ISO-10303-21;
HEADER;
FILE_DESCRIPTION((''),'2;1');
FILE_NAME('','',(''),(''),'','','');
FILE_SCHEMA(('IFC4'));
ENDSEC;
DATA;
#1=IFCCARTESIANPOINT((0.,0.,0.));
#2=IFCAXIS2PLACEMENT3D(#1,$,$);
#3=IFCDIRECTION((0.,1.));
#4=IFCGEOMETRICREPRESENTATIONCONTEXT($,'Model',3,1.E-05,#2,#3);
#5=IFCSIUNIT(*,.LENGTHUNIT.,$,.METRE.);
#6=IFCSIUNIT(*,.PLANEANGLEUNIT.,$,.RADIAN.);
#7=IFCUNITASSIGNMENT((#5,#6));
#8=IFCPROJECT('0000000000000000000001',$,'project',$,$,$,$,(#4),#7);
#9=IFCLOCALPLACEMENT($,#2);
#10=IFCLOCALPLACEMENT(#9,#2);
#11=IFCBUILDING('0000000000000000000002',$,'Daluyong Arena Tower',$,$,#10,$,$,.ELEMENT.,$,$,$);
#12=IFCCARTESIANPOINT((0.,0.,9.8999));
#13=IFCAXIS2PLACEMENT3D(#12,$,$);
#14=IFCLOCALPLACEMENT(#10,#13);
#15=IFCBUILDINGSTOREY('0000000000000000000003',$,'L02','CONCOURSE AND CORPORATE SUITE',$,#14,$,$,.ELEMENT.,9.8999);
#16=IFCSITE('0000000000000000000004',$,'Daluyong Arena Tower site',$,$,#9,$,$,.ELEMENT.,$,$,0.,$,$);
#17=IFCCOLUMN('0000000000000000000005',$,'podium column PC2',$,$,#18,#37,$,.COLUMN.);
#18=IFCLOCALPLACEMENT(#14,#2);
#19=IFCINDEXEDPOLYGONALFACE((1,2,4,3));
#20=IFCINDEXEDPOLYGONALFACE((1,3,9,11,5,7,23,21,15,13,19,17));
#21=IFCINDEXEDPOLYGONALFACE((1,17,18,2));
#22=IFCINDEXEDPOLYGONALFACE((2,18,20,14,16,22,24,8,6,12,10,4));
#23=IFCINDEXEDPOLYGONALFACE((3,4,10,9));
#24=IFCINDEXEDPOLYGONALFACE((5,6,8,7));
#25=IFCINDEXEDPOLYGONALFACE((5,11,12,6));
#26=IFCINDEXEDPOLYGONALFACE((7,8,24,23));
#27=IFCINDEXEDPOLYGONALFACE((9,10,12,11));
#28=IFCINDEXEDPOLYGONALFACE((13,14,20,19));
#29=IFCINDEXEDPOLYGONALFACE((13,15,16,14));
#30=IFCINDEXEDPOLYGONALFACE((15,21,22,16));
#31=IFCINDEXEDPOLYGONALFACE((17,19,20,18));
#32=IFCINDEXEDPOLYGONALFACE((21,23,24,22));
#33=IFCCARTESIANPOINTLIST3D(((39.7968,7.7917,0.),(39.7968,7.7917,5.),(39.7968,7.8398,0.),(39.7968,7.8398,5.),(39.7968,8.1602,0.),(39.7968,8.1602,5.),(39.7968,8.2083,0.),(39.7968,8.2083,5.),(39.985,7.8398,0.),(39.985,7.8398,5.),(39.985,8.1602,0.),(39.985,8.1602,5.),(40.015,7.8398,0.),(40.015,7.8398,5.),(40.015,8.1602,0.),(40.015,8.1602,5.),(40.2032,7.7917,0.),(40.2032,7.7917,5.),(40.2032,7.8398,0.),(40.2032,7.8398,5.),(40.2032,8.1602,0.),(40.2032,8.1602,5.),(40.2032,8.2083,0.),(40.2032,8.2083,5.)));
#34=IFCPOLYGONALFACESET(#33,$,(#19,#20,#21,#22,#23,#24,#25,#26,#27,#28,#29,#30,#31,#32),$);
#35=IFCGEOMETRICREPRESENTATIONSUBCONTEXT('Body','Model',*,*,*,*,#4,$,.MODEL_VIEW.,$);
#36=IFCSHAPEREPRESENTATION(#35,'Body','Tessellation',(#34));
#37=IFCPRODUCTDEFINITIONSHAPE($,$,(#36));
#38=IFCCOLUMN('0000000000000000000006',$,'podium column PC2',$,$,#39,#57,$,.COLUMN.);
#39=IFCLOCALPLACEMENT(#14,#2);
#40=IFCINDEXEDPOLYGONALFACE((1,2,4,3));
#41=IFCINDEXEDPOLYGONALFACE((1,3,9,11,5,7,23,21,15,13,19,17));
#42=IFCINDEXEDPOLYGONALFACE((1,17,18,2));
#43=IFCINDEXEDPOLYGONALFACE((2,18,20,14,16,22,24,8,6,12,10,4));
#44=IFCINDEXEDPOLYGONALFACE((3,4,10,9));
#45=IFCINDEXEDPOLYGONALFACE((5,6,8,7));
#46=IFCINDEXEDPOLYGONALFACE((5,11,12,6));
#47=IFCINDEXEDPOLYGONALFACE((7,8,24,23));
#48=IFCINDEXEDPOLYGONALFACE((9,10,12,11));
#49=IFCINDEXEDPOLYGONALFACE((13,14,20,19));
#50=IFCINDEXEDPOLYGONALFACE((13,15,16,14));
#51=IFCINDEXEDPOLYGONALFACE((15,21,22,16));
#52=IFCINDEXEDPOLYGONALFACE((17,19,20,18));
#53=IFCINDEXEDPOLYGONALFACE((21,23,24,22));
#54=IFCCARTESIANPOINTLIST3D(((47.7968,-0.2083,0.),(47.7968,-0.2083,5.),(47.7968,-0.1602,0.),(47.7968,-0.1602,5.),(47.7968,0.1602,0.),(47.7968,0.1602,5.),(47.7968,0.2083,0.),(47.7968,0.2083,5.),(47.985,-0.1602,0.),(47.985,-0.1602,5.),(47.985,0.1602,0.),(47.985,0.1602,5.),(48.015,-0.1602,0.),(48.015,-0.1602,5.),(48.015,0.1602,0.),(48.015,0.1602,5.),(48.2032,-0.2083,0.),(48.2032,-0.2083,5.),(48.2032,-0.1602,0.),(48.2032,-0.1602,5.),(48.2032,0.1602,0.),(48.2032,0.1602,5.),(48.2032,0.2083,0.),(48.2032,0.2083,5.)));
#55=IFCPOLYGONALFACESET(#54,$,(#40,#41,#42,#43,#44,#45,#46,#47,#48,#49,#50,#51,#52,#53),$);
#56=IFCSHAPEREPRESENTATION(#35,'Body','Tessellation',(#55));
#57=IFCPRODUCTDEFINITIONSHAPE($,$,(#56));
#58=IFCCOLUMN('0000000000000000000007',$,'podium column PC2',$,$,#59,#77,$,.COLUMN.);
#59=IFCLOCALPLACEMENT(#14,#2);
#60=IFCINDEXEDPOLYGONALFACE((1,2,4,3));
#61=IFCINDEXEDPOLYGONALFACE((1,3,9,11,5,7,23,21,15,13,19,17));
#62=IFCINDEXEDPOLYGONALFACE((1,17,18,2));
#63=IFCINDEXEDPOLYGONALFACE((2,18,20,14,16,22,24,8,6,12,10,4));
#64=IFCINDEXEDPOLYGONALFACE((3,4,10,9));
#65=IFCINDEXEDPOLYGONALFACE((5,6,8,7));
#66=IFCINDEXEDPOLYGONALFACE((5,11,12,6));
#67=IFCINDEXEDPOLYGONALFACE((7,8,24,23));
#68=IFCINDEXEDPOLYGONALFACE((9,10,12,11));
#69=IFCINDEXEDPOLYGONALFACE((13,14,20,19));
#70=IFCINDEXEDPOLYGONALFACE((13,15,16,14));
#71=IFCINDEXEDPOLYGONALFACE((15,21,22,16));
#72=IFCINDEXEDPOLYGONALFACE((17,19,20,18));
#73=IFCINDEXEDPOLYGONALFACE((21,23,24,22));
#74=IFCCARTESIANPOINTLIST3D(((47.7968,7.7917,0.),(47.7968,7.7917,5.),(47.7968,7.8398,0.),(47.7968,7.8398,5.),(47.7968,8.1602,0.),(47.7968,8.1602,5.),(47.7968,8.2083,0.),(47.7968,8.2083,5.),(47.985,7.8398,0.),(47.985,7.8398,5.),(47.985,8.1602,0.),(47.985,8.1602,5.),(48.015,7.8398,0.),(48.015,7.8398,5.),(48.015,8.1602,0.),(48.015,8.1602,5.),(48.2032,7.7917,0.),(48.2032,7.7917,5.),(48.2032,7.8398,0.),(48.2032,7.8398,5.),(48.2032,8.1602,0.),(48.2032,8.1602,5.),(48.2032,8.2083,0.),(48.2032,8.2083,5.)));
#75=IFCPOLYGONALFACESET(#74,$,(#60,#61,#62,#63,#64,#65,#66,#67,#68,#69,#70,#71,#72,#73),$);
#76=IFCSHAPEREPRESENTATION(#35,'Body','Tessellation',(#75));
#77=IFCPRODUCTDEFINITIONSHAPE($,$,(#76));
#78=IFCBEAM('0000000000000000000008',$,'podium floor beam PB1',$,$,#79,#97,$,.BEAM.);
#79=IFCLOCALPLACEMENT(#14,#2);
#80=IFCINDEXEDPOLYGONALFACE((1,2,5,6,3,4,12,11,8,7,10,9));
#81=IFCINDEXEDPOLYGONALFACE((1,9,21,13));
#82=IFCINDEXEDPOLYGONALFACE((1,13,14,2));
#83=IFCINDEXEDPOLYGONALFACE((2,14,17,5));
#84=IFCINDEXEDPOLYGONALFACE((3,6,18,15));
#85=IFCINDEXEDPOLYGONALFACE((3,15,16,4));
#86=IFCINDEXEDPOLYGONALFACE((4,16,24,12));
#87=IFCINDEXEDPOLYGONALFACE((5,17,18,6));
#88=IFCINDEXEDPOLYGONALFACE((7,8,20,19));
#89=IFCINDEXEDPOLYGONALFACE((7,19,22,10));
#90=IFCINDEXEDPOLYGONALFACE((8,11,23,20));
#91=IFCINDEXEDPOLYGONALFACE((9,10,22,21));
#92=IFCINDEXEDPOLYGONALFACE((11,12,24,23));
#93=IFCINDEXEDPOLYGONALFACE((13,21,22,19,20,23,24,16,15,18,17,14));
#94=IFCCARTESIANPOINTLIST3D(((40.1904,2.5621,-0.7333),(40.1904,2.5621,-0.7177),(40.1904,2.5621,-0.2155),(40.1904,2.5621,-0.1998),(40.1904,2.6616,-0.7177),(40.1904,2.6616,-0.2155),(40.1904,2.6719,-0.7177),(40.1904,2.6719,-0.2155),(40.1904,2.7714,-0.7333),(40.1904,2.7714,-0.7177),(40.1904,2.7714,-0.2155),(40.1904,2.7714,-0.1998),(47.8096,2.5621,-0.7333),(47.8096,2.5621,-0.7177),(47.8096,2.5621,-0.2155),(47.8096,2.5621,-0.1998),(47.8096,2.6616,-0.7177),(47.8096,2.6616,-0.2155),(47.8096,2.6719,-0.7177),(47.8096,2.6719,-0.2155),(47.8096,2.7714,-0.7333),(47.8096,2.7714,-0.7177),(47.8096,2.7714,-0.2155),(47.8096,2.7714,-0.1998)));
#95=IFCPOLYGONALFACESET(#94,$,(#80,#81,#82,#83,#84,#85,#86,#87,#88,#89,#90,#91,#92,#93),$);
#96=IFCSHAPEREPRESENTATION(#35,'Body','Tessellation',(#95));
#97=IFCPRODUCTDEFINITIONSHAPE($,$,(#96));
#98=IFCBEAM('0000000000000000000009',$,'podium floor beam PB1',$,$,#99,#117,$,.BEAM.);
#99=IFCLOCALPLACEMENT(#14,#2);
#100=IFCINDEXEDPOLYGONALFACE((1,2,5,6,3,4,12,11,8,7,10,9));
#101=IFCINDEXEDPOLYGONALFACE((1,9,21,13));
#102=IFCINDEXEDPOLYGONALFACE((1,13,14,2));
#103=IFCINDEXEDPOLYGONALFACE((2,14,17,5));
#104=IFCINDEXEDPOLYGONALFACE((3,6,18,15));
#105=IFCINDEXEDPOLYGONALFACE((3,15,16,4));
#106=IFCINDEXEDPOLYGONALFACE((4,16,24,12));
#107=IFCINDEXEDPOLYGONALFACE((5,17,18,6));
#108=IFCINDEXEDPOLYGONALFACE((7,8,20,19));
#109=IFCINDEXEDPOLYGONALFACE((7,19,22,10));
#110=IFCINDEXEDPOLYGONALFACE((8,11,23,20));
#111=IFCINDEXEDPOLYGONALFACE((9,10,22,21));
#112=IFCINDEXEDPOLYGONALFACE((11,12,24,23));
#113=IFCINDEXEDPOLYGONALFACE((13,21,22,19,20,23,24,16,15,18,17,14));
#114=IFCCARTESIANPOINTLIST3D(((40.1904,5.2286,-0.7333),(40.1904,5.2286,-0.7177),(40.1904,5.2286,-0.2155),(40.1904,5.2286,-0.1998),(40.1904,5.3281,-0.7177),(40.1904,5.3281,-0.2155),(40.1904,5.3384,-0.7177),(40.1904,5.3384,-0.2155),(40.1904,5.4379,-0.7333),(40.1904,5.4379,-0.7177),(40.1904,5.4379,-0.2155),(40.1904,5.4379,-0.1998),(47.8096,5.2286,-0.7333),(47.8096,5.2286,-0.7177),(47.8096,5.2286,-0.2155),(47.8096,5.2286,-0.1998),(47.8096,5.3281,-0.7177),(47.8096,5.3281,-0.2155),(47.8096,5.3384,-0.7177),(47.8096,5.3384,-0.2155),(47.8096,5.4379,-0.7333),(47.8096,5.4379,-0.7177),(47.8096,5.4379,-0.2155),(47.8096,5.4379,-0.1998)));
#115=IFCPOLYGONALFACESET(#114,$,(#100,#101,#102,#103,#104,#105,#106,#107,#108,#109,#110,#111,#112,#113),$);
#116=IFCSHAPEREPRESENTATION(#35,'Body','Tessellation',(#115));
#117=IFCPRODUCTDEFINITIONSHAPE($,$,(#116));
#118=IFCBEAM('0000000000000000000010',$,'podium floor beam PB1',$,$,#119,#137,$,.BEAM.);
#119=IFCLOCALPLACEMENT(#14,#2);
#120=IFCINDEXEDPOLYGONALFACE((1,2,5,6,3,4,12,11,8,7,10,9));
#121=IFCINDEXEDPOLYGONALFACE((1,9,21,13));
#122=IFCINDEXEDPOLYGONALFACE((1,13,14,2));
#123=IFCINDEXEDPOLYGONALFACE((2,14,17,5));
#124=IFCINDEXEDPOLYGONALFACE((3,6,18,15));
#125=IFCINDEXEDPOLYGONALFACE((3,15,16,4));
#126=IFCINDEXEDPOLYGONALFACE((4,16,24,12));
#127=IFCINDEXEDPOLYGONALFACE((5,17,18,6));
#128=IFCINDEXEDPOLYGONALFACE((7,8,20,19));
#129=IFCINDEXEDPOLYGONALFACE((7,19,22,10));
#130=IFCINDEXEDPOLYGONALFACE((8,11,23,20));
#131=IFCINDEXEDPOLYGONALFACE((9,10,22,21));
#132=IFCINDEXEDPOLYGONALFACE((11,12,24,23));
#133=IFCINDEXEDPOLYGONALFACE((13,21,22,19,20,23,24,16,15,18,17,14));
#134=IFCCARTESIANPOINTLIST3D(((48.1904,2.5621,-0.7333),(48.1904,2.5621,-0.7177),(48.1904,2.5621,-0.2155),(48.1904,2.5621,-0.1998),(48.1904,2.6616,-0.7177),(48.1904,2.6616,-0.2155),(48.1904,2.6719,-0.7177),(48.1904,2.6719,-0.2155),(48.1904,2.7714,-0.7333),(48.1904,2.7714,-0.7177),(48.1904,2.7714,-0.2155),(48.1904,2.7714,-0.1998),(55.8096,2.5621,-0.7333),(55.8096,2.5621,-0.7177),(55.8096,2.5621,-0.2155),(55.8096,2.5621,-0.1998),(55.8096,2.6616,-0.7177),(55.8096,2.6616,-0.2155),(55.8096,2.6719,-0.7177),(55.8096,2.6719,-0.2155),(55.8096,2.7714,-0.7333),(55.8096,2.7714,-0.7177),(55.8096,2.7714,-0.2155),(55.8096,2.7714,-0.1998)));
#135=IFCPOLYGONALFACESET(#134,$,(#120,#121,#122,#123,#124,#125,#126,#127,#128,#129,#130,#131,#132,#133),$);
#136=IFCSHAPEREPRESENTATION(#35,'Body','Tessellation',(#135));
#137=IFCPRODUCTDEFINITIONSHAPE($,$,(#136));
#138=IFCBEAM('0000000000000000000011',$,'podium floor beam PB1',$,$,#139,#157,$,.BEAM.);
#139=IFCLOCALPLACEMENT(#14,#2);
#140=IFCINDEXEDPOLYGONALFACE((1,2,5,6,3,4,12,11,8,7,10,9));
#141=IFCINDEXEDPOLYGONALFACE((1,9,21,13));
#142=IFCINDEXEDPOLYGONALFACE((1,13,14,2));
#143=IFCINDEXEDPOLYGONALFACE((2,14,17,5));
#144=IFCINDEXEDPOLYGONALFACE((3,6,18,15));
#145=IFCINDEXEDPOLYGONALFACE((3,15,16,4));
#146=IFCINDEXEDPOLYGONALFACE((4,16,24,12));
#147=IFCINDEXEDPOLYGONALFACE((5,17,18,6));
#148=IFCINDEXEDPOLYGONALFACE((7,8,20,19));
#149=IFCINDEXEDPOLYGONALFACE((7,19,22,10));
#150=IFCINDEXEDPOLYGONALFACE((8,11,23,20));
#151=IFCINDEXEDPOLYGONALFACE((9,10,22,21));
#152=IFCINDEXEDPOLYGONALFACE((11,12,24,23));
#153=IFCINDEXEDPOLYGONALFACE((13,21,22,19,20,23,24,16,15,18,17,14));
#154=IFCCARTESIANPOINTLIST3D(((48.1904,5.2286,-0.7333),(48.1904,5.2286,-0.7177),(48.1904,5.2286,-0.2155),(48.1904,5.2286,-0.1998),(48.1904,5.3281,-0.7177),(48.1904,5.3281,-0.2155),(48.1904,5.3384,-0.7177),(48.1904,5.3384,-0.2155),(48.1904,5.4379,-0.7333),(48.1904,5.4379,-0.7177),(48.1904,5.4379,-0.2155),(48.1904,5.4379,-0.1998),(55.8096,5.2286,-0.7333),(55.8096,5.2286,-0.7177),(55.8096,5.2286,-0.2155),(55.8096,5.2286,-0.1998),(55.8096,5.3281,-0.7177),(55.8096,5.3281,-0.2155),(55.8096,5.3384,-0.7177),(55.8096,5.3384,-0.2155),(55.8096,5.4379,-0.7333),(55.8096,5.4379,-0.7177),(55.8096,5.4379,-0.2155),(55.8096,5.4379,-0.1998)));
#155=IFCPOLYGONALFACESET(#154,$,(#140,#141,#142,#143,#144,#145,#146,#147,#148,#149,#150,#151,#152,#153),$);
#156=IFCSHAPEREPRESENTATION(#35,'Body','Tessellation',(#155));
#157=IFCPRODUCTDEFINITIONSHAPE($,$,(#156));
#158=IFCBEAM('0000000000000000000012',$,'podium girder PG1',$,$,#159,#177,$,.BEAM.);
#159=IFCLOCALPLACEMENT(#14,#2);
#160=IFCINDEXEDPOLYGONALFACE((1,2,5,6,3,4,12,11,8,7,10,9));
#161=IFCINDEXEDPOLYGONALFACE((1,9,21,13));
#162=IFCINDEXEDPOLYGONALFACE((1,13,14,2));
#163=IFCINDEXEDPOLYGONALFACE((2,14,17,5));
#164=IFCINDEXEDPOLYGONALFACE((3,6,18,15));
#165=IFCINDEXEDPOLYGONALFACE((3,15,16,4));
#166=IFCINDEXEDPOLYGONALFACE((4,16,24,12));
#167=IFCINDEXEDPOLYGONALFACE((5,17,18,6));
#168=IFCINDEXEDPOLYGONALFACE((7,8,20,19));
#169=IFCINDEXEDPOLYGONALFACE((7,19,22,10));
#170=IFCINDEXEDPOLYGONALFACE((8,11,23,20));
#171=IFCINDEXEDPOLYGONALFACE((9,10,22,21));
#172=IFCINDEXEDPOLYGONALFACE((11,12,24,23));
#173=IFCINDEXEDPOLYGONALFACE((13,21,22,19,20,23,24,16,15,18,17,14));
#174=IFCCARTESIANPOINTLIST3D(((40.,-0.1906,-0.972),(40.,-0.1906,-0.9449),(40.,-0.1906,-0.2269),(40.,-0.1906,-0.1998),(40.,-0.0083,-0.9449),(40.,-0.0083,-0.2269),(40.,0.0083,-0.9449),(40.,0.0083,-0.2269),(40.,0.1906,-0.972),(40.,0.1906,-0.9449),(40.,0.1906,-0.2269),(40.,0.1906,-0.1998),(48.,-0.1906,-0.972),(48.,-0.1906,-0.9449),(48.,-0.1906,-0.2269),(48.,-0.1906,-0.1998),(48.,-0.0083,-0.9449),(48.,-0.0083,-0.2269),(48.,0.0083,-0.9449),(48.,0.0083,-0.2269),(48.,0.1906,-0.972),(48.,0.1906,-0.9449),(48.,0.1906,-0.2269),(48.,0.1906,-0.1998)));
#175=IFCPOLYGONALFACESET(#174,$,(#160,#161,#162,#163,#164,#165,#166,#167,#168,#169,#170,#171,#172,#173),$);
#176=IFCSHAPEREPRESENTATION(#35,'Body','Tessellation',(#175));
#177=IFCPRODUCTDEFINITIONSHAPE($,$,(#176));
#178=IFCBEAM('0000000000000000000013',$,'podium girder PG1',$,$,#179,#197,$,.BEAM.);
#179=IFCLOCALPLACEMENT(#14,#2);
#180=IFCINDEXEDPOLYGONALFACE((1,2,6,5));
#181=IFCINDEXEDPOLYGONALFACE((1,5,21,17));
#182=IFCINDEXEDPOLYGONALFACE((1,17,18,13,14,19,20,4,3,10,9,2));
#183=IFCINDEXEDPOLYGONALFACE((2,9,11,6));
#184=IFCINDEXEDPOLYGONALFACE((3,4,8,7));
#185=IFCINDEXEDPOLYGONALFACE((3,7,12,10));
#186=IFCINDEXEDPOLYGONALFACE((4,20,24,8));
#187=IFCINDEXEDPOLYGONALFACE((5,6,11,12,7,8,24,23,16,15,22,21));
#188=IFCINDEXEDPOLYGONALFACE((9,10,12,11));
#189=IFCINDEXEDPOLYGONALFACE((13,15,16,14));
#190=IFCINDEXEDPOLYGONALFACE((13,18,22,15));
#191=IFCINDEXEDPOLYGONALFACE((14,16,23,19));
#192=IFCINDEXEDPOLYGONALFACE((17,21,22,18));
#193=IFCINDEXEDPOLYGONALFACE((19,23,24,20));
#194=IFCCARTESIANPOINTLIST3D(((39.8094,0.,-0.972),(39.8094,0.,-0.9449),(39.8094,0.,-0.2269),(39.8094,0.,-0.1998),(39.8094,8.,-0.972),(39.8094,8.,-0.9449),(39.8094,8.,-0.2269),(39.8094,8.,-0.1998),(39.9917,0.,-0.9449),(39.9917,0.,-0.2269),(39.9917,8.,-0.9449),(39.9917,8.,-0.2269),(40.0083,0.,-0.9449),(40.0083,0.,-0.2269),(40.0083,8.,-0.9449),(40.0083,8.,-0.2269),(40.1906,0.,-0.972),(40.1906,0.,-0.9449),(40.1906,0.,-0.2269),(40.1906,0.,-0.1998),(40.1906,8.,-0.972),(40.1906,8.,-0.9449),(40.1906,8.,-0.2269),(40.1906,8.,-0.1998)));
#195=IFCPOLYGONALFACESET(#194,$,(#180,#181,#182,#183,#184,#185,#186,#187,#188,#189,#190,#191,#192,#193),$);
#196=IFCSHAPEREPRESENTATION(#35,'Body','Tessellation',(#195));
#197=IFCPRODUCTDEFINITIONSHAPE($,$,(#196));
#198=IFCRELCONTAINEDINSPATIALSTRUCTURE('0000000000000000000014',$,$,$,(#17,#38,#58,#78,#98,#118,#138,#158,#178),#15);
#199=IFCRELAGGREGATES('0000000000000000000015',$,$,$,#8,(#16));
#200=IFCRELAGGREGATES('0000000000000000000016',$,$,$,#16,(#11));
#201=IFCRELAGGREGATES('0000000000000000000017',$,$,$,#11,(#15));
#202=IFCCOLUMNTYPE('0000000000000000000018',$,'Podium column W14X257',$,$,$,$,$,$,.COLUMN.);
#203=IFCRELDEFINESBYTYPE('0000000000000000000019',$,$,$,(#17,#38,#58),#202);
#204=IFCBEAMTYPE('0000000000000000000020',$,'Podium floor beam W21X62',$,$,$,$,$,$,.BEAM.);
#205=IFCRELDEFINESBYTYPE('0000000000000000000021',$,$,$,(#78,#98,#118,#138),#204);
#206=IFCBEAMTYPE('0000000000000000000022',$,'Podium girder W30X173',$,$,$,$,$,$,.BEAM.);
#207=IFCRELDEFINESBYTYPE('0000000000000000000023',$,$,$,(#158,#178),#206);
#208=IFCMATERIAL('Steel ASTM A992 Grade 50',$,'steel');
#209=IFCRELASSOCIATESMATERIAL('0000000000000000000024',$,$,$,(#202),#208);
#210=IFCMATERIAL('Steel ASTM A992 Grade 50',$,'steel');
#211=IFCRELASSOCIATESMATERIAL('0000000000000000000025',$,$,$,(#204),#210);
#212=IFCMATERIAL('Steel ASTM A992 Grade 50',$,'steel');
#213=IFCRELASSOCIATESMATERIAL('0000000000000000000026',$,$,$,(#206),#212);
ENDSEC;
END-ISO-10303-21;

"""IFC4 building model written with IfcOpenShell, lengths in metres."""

from ifc_helpers import new_model, si_unit, direction, frame, origin, origin_2d, place, context, subcontext, project, spatial, i_section, extrude, material, material_profile, profile_set, type_object, element, save


model = new_model("IFC4")

# Units and contexts
model_context = context("Model", 3, precision=1e-05, world=origin(), true_north=direction((0.0, 1.0)))
body_context = subcontext(model_context, "Body", "Model", "MODEL_VIEW")
ifc_project = project(units=[si_unit("LENGTHUNIT", "METRE"), si_unit("PLANEANGLEUNIT", "RADIAN")], contexts=[model_context])

# Site, building, storey
site_placement = place(None, origin())
site = spatial("IfcSite", under=ifc_project, at=site_placement, Name="Daluyong Arena Tower site", CompositionType="ELEMENT", RefElevation=0.0)
building_placement = place(site_placement, origin())
building = spatial("IfcBuilding", under=site, at=building_placement, Name="Daluyong Arena Tower", CompositionType="ELEMENT")
storey_placement = place(building_placement, frame((0.0, 0.0, 9.8999)))
storey = spatial("IfcBuildingStorey", under=building, at=storey_placement, Name="L02", Description="CONCOURSE AND CORPORATE SUITE", CompositionType="ELEMENT", Elevation=9.8999)

# Columns
ifc_material_1 = material(Name="Steel ASTM A992 Grade 50", Category="steel")
ifc_material_profile_1 = material_profile(ifc_material_1, i_section(OverallWidth=0.4065, OverallDepth=0.4165, WebThickness=0.03, FlangeThickness=0.0481, at=origin_2d()))
ifc_profile_set_1 = profile_set([ifc_material_profile_1], Name="Steel ASTM A992 Grade 50")
column_type = type_object("IfcColumnType", Name="Podium column W14X257", PredefinedType="COLUMN", material=ifc_profile_set_1)
for number, where, z_axis, x_axis, name in (
    (1, (40.0, 8.0, 0.0), (0.0, 0.0, 1.0), (1.0, 0.0, 0.0), "podium column PC2"),
    (2, (48.0, 0.0, 0.0), (0.0, 0.0, 1.0), (1.0, 0.0, 0.0), "podium column PC2"),
    (3, (48.0, 8.0, 0.0), (0.0, 0.0, 1.0), (1.0, 0.0, 0.0), "podium column PC2"),
):
    element("IfcColumn", number, at=place(storey_placement, frame(where, z_axis=z_axis, x_axis=x_axis)), inside=storey, type_object=column_type, Name=name, PredefinedType="COLUMN", context=body_context, shape_type="SweptSolid", body=[
        extrude(i_section(OverallWidth=0.4065, OverallDepth=0.4165, WebThickness=0.03, FlangeThickness=0.0481, at=origin_2d()), origin(), (0.0, 0.0, 1.0), 5.0),
    ])

# Beams
ifc_material_2 = material(Name="Steel ASTM A992 Grade 50", Category="steel")
ifc_material_profile_2 = material_profile(ifc_material_2, i_section(OverallWidth=0.2092, OverallDepth=0.5334, WebThickness=0.0103, FlangeThickness=0.0156, at=origin_2d()))
ifc_profile_set_2 = profile_set([ifc_material_profile_2], Name="Steel ASTM A992 Grade 50")
beam_type_1 = type_object("IfcBeamType", Name="Podium floor beam W21X62", PredefinedType="BEAM", material=ifc_profile_set_2)
for number, where, z_axis, x_axis, name in (
    (4, (40.1904, 2.6667, -0.4666), (1.0, 0.0, 0.0), (0.0, 1.0, 0.0), "podium floor beam PB1"),
    (5, (40.1904, 5.3333, -0.4666), (1.0, 0.0, 0.0), (0.0, 1.0, 0.0), "podium floor beam PB1"),
    (6, (48.1904, 2.6667, -0.4666), (1.0, 0.0, 0.0), (0.0, 1.0, 0.0), "podium floor beam PB1"),
    (7, (48.1904, 5.3333, -0.4666), (1.0, 0.0, 0.0), (0.0, 1.0, 0.0), "podium floor beam PB1"),
):
    element("IfcBeam", number, at=place(storey_placement, frame(where, z_axis=z_axis, x_axis=x_axis)), inside=storey, type_object=beam_type_1, Name=name, PredefinedType="BEAM", context=body_context, shape_type="SweptSolid", body=[
        extrude(i_section(OverallWidth=0.2092, OverallDepth=0.5334, WebThickness=0.0103, FlangeThickness=0.0156, at=origin_2d()), origin(), (0.0, 0.0, 1.0), 7.6191),
    ])
ifc_material_3 = material(Name="Steel ASTM A992 Grade 50", Category="steel")
ifc_material_profile_3 = material_profile(ifc_material_3, i_section(OverallWidth=0.3811, OverallDepth=0.7722, WebThickness=0.0166, FlangeThickness=0.0271, at=origin_2d()))
ifc_profile_set_3 = profile_set([ifc_material_profile_3], Name="Steel ASTM A992 Grade 50")
beam_type_2 = type_object("IfcBeamType", Name="Podium girder W30X173", PredefinedType="BEAM", material=ifc_profile_set_3)
for number, where, z_axis, x_axis, name in (
    (8, (40.0, 0.0, -0.5859), (1.0, 0.0, 0.0), (0.0, 1.0, 0.0), "podium girder PG1"),
    (9, (40.0, 0.0, -0.5859), (0.0, 1.0, 0.0), (-1.0, 0.0, 0.0), "podium girder PG1"),
):
    element("IfcBeam", number, at=place(storey_placement, frame(where, z_axis=z_axis, x_axis=x_axis)), inside=storey, type_object=beam_type_2, Name=name, PredefinedType="BEAM", context=body_context, shape_type="SweptSolid", body=[
        extrude(i_section(OverallWidth=0.3811, OverallDepth=0.7722, WebThickness=0.0166, FlangeThickness=0.0271, at=origin_2d()), origin(), (0.0, 0.0, 1.0), 8.0),
    ])

save(model, "model.ifc")
